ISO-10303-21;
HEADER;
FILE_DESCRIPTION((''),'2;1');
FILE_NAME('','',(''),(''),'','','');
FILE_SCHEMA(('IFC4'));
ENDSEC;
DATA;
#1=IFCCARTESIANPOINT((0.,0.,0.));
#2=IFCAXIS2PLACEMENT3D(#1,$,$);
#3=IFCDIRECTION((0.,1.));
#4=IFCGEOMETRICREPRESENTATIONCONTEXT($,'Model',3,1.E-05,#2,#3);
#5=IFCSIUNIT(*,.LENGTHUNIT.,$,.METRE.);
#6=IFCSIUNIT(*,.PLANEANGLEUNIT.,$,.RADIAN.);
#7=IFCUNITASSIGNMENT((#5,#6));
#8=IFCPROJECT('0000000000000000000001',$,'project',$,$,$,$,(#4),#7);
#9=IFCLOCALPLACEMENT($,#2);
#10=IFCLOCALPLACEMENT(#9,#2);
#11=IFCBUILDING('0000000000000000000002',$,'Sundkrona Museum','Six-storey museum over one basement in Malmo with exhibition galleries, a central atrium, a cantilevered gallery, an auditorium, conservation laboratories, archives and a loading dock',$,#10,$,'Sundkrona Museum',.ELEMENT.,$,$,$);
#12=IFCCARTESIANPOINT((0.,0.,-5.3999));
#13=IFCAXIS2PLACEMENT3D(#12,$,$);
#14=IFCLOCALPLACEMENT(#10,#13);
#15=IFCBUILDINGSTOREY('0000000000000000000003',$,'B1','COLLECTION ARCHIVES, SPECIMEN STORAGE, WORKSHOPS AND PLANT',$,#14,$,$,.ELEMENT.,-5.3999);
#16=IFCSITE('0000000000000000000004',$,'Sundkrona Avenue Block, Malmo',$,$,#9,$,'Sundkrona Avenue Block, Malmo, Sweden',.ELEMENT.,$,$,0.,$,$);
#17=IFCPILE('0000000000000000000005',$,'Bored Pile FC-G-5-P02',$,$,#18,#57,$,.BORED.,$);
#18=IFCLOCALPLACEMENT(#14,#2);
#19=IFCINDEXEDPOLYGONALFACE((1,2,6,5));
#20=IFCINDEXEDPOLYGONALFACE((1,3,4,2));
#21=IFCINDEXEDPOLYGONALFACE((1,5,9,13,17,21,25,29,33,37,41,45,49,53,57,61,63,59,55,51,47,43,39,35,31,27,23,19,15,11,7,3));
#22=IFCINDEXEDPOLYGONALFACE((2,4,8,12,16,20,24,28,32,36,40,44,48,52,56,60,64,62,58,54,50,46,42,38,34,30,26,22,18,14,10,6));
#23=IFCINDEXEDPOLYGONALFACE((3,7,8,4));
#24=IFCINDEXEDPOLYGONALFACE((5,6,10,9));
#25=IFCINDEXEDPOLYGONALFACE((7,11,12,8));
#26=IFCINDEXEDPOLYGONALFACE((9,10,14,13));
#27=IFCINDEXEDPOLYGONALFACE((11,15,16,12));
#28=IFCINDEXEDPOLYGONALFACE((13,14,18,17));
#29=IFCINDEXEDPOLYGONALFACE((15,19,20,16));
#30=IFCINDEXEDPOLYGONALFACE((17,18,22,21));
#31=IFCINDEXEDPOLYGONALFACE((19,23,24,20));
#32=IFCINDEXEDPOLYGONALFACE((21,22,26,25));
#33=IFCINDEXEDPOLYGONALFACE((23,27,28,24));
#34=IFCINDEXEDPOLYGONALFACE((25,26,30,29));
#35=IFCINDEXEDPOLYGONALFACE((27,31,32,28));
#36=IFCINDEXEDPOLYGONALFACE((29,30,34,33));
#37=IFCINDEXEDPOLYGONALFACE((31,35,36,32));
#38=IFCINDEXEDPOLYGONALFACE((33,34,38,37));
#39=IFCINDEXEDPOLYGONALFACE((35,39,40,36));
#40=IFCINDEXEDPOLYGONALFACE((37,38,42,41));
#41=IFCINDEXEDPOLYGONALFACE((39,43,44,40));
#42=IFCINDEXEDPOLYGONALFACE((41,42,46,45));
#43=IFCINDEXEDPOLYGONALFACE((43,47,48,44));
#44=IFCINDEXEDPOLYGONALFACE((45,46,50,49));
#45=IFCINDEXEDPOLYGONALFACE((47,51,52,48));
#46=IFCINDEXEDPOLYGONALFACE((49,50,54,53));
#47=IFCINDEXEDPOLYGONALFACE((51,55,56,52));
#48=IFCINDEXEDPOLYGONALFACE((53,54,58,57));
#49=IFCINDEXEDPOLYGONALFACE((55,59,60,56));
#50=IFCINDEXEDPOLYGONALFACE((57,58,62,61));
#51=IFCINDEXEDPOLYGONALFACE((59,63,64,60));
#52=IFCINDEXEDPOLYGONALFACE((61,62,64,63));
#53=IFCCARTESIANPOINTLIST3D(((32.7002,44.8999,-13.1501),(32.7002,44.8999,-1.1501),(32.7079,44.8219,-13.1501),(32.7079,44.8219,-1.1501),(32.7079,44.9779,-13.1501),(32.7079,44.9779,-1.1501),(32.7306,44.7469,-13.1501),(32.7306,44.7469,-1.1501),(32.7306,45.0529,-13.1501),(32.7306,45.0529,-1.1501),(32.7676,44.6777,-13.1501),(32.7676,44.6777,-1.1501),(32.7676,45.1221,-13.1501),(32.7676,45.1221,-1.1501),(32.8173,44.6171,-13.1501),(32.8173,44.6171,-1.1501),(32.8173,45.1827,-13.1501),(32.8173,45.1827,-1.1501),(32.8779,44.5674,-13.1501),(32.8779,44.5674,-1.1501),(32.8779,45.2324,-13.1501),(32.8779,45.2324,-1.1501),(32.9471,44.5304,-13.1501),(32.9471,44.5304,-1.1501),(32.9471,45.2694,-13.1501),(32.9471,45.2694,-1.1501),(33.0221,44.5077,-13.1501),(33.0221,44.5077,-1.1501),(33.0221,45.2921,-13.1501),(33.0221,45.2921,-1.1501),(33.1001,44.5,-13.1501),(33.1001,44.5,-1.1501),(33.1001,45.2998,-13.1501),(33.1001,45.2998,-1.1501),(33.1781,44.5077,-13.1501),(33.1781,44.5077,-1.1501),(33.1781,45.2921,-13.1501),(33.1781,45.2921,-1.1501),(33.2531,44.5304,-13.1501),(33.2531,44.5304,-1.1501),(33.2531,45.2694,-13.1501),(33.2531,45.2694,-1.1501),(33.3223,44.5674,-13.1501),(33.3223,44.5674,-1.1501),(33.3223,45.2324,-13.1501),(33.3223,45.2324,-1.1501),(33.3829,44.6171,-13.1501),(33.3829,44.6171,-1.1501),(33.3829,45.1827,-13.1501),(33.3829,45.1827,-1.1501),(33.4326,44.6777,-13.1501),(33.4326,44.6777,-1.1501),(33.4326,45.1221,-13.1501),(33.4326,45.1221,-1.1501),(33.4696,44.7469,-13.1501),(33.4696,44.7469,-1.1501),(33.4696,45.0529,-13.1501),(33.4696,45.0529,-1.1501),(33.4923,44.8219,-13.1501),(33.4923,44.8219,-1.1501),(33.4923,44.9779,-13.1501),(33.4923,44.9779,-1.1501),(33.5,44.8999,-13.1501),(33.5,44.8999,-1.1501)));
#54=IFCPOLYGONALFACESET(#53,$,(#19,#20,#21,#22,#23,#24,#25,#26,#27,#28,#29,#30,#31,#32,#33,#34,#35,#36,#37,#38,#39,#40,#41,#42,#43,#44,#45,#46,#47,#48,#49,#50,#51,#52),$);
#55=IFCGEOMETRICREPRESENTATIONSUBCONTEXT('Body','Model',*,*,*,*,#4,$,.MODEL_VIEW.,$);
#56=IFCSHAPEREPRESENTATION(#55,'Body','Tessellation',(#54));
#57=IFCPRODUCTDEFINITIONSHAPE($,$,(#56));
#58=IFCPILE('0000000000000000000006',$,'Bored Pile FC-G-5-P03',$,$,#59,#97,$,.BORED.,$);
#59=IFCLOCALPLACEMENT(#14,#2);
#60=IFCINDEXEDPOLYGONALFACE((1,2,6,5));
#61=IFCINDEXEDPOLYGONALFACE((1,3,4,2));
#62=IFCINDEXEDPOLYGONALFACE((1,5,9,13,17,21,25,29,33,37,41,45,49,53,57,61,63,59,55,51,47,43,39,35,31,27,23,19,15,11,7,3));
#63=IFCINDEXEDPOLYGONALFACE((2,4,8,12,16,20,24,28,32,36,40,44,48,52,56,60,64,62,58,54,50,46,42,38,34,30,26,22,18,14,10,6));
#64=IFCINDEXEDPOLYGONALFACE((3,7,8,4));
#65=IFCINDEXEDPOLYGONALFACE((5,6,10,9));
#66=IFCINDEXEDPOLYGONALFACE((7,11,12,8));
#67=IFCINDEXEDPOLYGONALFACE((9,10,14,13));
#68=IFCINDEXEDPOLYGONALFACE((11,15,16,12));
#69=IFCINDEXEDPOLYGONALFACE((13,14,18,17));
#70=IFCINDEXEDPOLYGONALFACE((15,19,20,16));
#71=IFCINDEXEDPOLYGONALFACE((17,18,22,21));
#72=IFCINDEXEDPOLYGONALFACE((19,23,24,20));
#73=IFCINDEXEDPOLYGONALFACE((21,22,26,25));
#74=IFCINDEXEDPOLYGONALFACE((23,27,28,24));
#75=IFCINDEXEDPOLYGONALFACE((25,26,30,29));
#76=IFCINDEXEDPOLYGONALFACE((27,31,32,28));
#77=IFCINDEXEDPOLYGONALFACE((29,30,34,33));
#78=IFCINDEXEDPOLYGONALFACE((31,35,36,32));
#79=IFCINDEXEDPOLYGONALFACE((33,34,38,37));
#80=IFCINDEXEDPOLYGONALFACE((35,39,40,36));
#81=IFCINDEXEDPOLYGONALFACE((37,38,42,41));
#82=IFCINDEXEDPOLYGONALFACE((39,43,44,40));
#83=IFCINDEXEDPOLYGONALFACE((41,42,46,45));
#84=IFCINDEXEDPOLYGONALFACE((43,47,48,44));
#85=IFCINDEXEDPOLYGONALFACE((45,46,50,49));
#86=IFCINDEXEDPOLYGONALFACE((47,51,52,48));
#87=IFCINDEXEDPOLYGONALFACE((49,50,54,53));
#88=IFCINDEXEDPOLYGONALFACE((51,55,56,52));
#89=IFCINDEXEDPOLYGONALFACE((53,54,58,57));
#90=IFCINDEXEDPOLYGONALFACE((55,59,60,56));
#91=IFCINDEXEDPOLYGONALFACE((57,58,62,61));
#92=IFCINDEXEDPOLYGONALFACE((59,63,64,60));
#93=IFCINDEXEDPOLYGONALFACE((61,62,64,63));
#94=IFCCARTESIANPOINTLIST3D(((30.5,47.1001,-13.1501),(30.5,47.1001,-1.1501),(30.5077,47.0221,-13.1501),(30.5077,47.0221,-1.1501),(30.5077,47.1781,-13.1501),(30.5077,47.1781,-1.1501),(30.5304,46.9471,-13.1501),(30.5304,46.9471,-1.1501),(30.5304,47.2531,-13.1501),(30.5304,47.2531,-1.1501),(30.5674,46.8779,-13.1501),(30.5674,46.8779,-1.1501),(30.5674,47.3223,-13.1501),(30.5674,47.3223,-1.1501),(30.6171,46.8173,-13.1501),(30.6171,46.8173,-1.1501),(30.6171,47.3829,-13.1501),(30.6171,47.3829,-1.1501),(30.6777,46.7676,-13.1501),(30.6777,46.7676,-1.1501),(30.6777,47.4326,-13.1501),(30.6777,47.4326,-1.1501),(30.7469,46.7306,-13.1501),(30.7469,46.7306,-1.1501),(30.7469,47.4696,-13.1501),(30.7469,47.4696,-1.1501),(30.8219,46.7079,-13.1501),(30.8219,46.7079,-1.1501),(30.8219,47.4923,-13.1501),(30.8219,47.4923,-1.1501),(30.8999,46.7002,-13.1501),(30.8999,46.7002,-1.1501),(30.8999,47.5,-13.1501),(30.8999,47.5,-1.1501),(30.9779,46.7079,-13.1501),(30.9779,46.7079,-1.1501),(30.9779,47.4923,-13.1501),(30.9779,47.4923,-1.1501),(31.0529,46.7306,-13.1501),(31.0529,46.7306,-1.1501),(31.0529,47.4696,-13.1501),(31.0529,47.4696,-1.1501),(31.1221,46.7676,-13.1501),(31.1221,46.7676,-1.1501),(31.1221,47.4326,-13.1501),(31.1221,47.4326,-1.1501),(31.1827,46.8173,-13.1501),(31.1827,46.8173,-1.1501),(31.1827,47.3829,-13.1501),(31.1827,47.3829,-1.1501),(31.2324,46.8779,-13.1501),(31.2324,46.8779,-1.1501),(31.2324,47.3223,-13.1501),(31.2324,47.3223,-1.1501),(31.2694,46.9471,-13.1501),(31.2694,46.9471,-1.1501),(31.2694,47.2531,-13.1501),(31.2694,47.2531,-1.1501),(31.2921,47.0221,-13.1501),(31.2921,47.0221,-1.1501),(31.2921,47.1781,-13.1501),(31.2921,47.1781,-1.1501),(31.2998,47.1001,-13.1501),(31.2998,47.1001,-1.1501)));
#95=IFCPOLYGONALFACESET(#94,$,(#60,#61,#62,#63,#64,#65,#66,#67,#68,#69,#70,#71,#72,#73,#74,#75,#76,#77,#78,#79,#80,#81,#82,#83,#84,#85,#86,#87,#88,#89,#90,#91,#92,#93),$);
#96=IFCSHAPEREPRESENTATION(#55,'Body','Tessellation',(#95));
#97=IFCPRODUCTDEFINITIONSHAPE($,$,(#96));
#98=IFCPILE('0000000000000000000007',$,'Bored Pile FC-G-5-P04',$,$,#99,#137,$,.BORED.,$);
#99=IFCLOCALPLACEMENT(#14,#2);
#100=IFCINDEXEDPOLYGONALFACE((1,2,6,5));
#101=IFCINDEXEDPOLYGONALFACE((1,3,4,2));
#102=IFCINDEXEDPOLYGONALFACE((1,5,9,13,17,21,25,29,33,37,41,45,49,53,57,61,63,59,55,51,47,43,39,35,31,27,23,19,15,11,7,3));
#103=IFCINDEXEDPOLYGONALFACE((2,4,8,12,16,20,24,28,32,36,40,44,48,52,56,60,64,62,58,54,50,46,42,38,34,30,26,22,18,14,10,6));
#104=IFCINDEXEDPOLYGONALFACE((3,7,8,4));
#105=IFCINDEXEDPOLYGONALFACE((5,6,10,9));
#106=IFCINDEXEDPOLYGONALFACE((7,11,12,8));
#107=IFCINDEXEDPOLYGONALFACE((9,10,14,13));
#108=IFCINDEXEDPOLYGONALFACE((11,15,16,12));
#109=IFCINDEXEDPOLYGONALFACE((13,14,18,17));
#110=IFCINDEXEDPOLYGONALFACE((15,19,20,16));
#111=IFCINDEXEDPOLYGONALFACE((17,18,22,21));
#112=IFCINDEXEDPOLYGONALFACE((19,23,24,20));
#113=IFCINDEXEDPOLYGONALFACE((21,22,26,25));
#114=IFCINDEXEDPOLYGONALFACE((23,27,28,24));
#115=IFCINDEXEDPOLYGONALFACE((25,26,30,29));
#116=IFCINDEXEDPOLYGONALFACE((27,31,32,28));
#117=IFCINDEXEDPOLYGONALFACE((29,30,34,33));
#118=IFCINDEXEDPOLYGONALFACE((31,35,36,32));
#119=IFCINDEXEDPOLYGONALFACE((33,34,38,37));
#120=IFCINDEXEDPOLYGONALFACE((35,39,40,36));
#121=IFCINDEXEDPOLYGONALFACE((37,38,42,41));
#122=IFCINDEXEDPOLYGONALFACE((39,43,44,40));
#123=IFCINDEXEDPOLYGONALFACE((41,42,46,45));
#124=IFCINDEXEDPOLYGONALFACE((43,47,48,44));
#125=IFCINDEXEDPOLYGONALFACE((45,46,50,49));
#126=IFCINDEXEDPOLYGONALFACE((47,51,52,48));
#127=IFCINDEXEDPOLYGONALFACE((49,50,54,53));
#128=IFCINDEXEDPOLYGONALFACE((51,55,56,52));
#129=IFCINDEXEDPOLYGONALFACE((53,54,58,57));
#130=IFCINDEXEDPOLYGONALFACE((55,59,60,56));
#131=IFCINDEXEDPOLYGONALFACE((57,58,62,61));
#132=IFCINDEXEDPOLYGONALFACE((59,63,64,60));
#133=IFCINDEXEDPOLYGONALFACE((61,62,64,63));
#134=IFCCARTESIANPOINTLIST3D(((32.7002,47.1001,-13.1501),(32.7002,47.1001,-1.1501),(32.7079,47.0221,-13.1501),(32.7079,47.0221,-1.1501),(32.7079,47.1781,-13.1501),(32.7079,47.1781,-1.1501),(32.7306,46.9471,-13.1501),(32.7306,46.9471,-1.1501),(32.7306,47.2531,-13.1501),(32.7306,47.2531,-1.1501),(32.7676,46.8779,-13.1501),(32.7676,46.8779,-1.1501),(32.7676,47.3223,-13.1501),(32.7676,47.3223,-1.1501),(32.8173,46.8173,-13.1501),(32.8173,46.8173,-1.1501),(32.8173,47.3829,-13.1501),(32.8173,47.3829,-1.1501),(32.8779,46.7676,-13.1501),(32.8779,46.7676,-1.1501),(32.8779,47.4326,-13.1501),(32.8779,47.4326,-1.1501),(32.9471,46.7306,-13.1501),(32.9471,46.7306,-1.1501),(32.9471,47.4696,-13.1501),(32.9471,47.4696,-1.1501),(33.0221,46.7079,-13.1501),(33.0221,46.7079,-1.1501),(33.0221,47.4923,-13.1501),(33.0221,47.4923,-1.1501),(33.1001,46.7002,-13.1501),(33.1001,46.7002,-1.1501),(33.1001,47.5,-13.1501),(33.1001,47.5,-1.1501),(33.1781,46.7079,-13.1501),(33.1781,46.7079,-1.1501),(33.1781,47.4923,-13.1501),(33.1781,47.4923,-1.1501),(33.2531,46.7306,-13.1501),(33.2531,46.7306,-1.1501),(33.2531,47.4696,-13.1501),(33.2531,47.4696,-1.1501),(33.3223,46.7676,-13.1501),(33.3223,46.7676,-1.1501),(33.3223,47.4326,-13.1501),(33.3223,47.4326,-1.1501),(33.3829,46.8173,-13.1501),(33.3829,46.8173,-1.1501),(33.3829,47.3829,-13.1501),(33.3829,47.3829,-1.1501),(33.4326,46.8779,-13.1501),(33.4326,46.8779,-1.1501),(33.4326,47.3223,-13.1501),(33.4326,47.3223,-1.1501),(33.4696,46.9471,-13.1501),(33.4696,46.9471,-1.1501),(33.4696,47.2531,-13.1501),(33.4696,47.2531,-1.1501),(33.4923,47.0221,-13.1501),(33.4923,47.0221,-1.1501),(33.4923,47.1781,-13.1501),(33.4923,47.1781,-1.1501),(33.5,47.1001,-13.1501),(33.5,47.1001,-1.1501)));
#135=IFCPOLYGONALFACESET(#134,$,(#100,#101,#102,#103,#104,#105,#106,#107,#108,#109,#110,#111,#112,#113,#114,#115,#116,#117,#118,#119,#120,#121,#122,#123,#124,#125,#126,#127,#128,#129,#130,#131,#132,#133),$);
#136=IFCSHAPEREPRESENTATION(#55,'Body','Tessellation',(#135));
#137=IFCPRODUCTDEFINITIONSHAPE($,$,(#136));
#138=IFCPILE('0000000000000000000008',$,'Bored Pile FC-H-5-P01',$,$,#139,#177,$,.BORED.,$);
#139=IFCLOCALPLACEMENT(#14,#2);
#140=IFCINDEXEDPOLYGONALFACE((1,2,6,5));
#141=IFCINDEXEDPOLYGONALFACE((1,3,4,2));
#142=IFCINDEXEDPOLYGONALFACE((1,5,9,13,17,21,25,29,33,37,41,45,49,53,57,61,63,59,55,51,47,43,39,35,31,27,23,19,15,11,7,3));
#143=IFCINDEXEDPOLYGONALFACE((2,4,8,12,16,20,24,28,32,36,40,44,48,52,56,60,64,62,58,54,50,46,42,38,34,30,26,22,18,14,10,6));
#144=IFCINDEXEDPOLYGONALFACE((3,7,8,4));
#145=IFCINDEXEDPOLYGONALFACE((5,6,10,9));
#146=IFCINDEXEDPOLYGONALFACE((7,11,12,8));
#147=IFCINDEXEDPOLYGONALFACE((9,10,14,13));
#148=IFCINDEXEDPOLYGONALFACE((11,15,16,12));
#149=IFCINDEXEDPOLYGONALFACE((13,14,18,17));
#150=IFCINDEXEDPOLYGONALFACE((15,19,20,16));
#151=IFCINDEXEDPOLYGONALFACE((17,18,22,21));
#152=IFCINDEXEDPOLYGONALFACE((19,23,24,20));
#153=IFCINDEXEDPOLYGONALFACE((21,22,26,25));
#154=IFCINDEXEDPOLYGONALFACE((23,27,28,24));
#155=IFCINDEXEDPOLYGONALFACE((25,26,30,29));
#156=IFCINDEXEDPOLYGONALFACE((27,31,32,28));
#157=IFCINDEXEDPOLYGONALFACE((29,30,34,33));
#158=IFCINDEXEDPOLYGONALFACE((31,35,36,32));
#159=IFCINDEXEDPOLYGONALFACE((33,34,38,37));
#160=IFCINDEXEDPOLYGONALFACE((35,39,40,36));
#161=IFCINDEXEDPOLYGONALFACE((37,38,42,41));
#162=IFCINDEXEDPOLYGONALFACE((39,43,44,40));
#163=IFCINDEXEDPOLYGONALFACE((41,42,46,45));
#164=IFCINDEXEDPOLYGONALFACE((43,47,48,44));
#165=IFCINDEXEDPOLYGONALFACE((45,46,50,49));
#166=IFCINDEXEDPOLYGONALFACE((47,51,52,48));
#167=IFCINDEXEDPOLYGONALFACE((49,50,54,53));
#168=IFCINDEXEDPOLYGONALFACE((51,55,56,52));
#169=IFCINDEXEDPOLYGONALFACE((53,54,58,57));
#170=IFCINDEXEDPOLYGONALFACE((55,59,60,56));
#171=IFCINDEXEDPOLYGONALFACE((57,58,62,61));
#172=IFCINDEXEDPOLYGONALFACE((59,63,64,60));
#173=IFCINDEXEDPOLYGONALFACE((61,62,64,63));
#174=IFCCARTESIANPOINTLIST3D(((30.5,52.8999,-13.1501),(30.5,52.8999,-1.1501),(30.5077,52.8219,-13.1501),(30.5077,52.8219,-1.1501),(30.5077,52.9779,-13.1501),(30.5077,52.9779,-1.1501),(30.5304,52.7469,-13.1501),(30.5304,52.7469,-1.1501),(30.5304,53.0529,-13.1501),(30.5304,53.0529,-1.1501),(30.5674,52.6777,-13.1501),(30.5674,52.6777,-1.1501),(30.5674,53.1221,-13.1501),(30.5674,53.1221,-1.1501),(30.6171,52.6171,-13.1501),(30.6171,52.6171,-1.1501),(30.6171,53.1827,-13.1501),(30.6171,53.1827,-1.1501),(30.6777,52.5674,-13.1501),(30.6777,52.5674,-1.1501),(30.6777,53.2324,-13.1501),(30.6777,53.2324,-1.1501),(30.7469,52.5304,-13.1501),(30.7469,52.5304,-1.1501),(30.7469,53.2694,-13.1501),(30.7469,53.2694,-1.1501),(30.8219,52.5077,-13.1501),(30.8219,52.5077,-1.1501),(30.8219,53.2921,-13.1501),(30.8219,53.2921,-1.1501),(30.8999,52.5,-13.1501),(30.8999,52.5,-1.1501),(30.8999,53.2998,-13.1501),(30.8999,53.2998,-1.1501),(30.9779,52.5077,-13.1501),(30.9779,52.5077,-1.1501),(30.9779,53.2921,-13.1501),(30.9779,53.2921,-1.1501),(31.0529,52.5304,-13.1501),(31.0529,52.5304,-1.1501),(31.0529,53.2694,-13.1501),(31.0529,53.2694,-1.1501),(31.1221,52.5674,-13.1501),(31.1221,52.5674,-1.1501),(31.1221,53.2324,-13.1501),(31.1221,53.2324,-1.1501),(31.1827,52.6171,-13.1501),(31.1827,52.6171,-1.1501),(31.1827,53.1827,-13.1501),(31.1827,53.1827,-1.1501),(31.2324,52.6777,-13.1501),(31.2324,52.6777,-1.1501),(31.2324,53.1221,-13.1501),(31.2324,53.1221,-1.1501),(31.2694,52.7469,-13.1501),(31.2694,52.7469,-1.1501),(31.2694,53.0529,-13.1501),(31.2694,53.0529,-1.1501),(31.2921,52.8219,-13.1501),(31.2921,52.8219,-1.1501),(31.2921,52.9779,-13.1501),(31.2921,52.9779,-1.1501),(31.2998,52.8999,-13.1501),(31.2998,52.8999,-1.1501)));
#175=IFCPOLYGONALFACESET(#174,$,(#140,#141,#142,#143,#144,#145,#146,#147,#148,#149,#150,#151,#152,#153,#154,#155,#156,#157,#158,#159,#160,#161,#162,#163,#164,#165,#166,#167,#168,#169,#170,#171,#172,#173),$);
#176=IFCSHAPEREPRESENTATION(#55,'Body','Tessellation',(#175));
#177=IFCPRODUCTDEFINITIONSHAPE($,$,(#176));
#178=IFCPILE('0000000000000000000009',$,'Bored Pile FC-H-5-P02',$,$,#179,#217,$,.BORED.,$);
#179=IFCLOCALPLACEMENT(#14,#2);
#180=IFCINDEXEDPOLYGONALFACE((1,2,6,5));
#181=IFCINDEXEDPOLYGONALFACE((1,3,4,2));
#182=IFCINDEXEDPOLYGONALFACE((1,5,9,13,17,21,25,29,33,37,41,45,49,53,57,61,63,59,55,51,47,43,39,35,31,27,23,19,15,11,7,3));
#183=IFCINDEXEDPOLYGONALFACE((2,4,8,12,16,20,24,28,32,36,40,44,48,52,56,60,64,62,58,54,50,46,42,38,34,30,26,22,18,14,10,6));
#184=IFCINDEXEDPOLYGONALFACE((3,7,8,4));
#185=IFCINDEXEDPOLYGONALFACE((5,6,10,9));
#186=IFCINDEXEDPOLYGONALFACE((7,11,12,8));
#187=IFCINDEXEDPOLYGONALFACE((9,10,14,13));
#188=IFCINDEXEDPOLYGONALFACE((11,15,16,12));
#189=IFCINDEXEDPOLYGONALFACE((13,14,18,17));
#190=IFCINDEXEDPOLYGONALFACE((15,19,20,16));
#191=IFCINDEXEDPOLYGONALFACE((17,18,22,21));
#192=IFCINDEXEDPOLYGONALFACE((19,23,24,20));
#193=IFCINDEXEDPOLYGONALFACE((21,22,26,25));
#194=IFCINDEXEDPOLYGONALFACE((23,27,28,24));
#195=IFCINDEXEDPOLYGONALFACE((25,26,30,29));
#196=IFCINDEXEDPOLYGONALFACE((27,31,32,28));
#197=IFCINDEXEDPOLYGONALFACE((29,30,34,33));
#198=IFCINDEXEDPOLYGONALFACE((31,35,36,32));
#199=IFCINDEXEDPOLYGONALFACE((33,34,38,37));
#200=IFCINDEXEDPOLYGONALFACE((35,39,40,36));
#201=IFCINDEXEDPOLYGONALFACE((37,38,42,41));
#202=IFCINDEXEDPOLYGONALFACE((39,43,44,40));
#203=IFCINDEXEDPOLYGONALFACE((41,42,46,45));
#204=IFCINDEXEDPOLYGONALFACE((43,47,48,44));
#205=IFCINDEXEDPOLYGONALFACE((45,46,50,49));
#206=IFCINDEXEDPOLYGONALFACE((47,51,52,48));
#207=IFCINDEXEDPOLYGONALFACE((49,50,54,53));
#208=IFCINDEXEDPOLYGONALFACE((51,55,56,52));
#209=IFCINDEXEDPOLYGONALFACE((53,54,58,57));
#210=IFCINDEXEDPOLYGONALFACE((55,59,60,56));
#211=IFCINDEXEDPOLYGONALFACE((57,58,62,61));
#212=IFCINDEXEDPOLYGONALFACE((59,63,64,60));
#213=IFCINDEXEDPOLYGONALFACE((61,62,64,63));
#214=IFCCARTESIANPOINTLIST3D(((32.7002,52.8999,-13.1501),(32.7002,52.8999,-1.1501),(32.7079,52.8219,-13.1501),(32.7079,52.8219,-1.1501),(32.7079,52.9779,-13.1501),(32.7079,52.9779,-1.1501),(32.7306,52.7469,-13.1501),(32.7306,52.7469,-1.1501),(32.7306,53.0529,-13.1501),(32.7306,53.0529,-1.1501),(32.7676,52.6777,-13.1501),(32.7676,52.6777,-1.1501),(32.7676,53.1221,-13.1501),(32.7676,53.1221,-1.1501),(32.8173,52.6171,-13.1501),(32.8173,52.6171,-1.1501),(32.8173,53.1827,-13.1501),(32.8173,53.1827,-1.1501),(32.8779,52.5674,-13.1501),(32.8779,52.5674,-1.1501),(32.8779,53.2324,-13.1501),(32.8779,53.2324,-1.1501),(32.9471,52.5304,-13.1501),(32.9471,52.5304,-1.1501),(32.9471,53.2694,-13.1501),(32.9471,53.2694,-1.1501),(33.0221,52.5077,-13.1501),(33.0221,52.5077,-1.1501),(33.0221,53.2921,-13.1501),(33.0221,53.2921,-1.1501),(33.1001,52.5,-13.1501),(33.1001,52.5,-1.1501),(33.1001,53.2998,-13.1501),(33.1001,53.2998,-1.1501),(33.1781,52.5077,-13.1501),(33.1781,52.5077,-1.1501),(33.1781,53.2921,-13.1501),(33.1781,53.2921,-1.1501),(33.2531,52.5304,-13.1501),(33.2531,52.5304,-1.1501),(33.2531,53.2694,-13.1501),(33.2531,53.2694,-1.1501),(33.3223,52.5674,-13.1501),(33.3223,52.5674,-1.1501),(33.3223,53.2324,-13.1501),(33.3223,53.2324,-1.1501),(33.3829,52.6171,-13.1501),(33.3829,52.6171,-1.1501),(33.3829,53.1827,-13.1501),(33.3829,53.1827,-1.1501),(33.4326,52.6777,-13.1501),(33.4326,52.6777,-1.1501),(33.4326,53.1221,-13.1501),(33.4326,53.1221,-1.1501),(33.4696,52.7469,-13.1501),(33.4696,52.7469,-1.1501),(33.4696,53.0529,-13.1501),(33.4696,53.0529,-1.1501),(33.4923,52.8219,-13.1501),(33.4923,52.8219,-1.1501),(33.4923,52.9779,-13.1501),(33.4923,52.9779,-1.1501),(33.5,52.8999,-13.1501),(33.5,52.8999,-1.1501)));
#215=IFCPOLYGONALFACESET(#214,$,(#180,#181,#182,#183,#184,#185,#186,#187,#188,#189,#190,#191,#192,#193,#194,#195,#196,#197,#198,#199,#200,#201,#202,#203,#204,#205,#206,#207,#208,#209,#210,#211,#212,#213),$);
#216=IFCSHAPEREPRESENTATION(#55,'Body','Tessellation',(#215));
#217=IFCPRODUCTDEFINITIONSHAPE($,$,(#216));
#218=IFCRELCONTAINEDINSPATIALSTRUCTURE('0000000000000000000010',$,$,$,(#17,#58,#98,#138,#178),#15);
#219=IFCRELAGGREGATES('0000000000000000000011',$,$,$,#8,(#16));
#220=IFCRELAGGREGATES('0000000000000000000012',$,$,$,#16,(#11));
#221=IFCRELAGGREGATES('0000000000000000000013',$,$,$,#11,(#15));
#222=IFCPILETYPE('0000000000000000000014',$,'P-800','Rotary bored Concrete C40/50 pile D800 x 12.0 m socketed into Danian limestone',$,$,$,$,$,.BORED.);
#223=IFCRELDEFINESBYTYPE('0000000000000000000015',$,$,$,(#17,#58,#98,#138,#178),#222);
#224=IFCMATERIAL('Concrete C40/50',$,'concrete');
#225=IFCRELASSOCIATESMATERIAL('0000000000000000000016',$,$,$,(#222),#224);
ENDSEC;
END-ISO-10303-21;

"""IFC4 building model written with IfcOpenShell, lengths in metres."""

from ifc_helpers import new_model, si_unit, direction, frame, origin, origin_2d, place, context, subcontext, project, spatial, circle, extrude, material, material_profile, profile_set, type_object, element, save


model = new_model("IFC4")

# Units and contexts
model_context = context("Model", 3, precision=1e-05, world=origin(), true_north=direction((0.0, 1.0)))
body_context = subcontext(model_context, "Body", "Model", "MODEL_VIEW")
ifc_project = project(units=[si_unit("LENGTHUNIT", "METRE"), si_unit("PLANEANGLEUNIT", "RADIAN")], contexts=[model_context])

# Site, building, storey
site_placement = place(None, origin())
site = spatial("IfcSite", under=ifc_project, at=site_placement, Name="Sundkrona Avenue Block, Malmo", LongName="Sundkrona Avenue Block, Malmo, Sweden", CompositionType="ELEMENT", RefElevation=0.0)
building_placement = place(site_placement, origin())
building = spatial("IfcBuilding", under=site, at=building_placement, Name="Sundkrona Museum", Description="Six-storey museum over one basement in Malmo with exhibition galleries, a central atrium, a cantilevered gallery, an auditorium, conservation laboratories, archives and a loading dock", LongName="Sundkrona Museum", CompositionType="ELEMENT")
storey_placement = place(building_placement, frame((0.0, 0.0, -5.3999)))
storey = spatial("IfcBuildingStorey", under=building, at=storey_placement, Name="B1", Description="COLLECTION ARCHIVES, SPECIMEN STORAGE, WORKSHOPS AND PLANT", CompositionType="ELEMENT", Elevation=-5.3999)

# Shared definitions
ifc_material_1 = material(Name="Concrete C40/50", Category="concrete")

# Piles
ifc_material_profile_1 = material_profile(ifc_material_1, circle(Radius=0.3999, at=origin_2d()), Name="PILE D800")
ifc_profile_set_1 = profile_set([ifc_material_profile_1], Name="Concrete C40/50")
pile_type_1 = type_object("IfcPileType", Name="P-800", Description="Rotary bored Concrete C40/50 pile D800 x 12.0 m socketed into Danian limestone", PredefinedType="BORED", material=ifc_profile_set_1)
for number, where, z_axis, x_axis, name in (
    (1, (33.1001, 44.8999, -1.1501), (0.0, 0.0, -1.0), (1.0, 0.0, 0.0), "Bored Pile FC-G-5-P02"),
    (2, (30.8999, 47.1001, -1.1501), (0.0, 0.0, -1.0), (1.0, 0.0, 0.0), "Bored Pile FC-G-5-P03"),
    (3, (33.1001, 47.1001, -1.1501), (0.0, 0.0, -1.0), (1.0, 0.0, 0.0), "Bored Pile FC-G-5-P04"),
    (4, (30.8999, 52.8999, -1.1501), (0.0, 0.0, -1.0), (1.0, 0.0, 0.0), "Bored Pile FC-H-5-P01"),
    (5, (33.1001, 52.8999, -1.1501), (0.0, 0.0, -1.0), (1.0, 0.0, 0.0), "Bored Pile FC-H-5-P02"),
):
    element("IfcPile", number, at=place(storey_placement, frame(where, z_axis=z_axis, x_axis=x_axis)), inside=storey, type_object=pile_type_1, Name=name, PredefinedType="BORED", context=body_context, shape_type="SweptSolid", body=[
        extrude(circle(Radius=0.3999, at=origin_2d()), origin(), (0.0, 0.0, 1.0), 12.0),
    ])

save(model, "model.ifc")
